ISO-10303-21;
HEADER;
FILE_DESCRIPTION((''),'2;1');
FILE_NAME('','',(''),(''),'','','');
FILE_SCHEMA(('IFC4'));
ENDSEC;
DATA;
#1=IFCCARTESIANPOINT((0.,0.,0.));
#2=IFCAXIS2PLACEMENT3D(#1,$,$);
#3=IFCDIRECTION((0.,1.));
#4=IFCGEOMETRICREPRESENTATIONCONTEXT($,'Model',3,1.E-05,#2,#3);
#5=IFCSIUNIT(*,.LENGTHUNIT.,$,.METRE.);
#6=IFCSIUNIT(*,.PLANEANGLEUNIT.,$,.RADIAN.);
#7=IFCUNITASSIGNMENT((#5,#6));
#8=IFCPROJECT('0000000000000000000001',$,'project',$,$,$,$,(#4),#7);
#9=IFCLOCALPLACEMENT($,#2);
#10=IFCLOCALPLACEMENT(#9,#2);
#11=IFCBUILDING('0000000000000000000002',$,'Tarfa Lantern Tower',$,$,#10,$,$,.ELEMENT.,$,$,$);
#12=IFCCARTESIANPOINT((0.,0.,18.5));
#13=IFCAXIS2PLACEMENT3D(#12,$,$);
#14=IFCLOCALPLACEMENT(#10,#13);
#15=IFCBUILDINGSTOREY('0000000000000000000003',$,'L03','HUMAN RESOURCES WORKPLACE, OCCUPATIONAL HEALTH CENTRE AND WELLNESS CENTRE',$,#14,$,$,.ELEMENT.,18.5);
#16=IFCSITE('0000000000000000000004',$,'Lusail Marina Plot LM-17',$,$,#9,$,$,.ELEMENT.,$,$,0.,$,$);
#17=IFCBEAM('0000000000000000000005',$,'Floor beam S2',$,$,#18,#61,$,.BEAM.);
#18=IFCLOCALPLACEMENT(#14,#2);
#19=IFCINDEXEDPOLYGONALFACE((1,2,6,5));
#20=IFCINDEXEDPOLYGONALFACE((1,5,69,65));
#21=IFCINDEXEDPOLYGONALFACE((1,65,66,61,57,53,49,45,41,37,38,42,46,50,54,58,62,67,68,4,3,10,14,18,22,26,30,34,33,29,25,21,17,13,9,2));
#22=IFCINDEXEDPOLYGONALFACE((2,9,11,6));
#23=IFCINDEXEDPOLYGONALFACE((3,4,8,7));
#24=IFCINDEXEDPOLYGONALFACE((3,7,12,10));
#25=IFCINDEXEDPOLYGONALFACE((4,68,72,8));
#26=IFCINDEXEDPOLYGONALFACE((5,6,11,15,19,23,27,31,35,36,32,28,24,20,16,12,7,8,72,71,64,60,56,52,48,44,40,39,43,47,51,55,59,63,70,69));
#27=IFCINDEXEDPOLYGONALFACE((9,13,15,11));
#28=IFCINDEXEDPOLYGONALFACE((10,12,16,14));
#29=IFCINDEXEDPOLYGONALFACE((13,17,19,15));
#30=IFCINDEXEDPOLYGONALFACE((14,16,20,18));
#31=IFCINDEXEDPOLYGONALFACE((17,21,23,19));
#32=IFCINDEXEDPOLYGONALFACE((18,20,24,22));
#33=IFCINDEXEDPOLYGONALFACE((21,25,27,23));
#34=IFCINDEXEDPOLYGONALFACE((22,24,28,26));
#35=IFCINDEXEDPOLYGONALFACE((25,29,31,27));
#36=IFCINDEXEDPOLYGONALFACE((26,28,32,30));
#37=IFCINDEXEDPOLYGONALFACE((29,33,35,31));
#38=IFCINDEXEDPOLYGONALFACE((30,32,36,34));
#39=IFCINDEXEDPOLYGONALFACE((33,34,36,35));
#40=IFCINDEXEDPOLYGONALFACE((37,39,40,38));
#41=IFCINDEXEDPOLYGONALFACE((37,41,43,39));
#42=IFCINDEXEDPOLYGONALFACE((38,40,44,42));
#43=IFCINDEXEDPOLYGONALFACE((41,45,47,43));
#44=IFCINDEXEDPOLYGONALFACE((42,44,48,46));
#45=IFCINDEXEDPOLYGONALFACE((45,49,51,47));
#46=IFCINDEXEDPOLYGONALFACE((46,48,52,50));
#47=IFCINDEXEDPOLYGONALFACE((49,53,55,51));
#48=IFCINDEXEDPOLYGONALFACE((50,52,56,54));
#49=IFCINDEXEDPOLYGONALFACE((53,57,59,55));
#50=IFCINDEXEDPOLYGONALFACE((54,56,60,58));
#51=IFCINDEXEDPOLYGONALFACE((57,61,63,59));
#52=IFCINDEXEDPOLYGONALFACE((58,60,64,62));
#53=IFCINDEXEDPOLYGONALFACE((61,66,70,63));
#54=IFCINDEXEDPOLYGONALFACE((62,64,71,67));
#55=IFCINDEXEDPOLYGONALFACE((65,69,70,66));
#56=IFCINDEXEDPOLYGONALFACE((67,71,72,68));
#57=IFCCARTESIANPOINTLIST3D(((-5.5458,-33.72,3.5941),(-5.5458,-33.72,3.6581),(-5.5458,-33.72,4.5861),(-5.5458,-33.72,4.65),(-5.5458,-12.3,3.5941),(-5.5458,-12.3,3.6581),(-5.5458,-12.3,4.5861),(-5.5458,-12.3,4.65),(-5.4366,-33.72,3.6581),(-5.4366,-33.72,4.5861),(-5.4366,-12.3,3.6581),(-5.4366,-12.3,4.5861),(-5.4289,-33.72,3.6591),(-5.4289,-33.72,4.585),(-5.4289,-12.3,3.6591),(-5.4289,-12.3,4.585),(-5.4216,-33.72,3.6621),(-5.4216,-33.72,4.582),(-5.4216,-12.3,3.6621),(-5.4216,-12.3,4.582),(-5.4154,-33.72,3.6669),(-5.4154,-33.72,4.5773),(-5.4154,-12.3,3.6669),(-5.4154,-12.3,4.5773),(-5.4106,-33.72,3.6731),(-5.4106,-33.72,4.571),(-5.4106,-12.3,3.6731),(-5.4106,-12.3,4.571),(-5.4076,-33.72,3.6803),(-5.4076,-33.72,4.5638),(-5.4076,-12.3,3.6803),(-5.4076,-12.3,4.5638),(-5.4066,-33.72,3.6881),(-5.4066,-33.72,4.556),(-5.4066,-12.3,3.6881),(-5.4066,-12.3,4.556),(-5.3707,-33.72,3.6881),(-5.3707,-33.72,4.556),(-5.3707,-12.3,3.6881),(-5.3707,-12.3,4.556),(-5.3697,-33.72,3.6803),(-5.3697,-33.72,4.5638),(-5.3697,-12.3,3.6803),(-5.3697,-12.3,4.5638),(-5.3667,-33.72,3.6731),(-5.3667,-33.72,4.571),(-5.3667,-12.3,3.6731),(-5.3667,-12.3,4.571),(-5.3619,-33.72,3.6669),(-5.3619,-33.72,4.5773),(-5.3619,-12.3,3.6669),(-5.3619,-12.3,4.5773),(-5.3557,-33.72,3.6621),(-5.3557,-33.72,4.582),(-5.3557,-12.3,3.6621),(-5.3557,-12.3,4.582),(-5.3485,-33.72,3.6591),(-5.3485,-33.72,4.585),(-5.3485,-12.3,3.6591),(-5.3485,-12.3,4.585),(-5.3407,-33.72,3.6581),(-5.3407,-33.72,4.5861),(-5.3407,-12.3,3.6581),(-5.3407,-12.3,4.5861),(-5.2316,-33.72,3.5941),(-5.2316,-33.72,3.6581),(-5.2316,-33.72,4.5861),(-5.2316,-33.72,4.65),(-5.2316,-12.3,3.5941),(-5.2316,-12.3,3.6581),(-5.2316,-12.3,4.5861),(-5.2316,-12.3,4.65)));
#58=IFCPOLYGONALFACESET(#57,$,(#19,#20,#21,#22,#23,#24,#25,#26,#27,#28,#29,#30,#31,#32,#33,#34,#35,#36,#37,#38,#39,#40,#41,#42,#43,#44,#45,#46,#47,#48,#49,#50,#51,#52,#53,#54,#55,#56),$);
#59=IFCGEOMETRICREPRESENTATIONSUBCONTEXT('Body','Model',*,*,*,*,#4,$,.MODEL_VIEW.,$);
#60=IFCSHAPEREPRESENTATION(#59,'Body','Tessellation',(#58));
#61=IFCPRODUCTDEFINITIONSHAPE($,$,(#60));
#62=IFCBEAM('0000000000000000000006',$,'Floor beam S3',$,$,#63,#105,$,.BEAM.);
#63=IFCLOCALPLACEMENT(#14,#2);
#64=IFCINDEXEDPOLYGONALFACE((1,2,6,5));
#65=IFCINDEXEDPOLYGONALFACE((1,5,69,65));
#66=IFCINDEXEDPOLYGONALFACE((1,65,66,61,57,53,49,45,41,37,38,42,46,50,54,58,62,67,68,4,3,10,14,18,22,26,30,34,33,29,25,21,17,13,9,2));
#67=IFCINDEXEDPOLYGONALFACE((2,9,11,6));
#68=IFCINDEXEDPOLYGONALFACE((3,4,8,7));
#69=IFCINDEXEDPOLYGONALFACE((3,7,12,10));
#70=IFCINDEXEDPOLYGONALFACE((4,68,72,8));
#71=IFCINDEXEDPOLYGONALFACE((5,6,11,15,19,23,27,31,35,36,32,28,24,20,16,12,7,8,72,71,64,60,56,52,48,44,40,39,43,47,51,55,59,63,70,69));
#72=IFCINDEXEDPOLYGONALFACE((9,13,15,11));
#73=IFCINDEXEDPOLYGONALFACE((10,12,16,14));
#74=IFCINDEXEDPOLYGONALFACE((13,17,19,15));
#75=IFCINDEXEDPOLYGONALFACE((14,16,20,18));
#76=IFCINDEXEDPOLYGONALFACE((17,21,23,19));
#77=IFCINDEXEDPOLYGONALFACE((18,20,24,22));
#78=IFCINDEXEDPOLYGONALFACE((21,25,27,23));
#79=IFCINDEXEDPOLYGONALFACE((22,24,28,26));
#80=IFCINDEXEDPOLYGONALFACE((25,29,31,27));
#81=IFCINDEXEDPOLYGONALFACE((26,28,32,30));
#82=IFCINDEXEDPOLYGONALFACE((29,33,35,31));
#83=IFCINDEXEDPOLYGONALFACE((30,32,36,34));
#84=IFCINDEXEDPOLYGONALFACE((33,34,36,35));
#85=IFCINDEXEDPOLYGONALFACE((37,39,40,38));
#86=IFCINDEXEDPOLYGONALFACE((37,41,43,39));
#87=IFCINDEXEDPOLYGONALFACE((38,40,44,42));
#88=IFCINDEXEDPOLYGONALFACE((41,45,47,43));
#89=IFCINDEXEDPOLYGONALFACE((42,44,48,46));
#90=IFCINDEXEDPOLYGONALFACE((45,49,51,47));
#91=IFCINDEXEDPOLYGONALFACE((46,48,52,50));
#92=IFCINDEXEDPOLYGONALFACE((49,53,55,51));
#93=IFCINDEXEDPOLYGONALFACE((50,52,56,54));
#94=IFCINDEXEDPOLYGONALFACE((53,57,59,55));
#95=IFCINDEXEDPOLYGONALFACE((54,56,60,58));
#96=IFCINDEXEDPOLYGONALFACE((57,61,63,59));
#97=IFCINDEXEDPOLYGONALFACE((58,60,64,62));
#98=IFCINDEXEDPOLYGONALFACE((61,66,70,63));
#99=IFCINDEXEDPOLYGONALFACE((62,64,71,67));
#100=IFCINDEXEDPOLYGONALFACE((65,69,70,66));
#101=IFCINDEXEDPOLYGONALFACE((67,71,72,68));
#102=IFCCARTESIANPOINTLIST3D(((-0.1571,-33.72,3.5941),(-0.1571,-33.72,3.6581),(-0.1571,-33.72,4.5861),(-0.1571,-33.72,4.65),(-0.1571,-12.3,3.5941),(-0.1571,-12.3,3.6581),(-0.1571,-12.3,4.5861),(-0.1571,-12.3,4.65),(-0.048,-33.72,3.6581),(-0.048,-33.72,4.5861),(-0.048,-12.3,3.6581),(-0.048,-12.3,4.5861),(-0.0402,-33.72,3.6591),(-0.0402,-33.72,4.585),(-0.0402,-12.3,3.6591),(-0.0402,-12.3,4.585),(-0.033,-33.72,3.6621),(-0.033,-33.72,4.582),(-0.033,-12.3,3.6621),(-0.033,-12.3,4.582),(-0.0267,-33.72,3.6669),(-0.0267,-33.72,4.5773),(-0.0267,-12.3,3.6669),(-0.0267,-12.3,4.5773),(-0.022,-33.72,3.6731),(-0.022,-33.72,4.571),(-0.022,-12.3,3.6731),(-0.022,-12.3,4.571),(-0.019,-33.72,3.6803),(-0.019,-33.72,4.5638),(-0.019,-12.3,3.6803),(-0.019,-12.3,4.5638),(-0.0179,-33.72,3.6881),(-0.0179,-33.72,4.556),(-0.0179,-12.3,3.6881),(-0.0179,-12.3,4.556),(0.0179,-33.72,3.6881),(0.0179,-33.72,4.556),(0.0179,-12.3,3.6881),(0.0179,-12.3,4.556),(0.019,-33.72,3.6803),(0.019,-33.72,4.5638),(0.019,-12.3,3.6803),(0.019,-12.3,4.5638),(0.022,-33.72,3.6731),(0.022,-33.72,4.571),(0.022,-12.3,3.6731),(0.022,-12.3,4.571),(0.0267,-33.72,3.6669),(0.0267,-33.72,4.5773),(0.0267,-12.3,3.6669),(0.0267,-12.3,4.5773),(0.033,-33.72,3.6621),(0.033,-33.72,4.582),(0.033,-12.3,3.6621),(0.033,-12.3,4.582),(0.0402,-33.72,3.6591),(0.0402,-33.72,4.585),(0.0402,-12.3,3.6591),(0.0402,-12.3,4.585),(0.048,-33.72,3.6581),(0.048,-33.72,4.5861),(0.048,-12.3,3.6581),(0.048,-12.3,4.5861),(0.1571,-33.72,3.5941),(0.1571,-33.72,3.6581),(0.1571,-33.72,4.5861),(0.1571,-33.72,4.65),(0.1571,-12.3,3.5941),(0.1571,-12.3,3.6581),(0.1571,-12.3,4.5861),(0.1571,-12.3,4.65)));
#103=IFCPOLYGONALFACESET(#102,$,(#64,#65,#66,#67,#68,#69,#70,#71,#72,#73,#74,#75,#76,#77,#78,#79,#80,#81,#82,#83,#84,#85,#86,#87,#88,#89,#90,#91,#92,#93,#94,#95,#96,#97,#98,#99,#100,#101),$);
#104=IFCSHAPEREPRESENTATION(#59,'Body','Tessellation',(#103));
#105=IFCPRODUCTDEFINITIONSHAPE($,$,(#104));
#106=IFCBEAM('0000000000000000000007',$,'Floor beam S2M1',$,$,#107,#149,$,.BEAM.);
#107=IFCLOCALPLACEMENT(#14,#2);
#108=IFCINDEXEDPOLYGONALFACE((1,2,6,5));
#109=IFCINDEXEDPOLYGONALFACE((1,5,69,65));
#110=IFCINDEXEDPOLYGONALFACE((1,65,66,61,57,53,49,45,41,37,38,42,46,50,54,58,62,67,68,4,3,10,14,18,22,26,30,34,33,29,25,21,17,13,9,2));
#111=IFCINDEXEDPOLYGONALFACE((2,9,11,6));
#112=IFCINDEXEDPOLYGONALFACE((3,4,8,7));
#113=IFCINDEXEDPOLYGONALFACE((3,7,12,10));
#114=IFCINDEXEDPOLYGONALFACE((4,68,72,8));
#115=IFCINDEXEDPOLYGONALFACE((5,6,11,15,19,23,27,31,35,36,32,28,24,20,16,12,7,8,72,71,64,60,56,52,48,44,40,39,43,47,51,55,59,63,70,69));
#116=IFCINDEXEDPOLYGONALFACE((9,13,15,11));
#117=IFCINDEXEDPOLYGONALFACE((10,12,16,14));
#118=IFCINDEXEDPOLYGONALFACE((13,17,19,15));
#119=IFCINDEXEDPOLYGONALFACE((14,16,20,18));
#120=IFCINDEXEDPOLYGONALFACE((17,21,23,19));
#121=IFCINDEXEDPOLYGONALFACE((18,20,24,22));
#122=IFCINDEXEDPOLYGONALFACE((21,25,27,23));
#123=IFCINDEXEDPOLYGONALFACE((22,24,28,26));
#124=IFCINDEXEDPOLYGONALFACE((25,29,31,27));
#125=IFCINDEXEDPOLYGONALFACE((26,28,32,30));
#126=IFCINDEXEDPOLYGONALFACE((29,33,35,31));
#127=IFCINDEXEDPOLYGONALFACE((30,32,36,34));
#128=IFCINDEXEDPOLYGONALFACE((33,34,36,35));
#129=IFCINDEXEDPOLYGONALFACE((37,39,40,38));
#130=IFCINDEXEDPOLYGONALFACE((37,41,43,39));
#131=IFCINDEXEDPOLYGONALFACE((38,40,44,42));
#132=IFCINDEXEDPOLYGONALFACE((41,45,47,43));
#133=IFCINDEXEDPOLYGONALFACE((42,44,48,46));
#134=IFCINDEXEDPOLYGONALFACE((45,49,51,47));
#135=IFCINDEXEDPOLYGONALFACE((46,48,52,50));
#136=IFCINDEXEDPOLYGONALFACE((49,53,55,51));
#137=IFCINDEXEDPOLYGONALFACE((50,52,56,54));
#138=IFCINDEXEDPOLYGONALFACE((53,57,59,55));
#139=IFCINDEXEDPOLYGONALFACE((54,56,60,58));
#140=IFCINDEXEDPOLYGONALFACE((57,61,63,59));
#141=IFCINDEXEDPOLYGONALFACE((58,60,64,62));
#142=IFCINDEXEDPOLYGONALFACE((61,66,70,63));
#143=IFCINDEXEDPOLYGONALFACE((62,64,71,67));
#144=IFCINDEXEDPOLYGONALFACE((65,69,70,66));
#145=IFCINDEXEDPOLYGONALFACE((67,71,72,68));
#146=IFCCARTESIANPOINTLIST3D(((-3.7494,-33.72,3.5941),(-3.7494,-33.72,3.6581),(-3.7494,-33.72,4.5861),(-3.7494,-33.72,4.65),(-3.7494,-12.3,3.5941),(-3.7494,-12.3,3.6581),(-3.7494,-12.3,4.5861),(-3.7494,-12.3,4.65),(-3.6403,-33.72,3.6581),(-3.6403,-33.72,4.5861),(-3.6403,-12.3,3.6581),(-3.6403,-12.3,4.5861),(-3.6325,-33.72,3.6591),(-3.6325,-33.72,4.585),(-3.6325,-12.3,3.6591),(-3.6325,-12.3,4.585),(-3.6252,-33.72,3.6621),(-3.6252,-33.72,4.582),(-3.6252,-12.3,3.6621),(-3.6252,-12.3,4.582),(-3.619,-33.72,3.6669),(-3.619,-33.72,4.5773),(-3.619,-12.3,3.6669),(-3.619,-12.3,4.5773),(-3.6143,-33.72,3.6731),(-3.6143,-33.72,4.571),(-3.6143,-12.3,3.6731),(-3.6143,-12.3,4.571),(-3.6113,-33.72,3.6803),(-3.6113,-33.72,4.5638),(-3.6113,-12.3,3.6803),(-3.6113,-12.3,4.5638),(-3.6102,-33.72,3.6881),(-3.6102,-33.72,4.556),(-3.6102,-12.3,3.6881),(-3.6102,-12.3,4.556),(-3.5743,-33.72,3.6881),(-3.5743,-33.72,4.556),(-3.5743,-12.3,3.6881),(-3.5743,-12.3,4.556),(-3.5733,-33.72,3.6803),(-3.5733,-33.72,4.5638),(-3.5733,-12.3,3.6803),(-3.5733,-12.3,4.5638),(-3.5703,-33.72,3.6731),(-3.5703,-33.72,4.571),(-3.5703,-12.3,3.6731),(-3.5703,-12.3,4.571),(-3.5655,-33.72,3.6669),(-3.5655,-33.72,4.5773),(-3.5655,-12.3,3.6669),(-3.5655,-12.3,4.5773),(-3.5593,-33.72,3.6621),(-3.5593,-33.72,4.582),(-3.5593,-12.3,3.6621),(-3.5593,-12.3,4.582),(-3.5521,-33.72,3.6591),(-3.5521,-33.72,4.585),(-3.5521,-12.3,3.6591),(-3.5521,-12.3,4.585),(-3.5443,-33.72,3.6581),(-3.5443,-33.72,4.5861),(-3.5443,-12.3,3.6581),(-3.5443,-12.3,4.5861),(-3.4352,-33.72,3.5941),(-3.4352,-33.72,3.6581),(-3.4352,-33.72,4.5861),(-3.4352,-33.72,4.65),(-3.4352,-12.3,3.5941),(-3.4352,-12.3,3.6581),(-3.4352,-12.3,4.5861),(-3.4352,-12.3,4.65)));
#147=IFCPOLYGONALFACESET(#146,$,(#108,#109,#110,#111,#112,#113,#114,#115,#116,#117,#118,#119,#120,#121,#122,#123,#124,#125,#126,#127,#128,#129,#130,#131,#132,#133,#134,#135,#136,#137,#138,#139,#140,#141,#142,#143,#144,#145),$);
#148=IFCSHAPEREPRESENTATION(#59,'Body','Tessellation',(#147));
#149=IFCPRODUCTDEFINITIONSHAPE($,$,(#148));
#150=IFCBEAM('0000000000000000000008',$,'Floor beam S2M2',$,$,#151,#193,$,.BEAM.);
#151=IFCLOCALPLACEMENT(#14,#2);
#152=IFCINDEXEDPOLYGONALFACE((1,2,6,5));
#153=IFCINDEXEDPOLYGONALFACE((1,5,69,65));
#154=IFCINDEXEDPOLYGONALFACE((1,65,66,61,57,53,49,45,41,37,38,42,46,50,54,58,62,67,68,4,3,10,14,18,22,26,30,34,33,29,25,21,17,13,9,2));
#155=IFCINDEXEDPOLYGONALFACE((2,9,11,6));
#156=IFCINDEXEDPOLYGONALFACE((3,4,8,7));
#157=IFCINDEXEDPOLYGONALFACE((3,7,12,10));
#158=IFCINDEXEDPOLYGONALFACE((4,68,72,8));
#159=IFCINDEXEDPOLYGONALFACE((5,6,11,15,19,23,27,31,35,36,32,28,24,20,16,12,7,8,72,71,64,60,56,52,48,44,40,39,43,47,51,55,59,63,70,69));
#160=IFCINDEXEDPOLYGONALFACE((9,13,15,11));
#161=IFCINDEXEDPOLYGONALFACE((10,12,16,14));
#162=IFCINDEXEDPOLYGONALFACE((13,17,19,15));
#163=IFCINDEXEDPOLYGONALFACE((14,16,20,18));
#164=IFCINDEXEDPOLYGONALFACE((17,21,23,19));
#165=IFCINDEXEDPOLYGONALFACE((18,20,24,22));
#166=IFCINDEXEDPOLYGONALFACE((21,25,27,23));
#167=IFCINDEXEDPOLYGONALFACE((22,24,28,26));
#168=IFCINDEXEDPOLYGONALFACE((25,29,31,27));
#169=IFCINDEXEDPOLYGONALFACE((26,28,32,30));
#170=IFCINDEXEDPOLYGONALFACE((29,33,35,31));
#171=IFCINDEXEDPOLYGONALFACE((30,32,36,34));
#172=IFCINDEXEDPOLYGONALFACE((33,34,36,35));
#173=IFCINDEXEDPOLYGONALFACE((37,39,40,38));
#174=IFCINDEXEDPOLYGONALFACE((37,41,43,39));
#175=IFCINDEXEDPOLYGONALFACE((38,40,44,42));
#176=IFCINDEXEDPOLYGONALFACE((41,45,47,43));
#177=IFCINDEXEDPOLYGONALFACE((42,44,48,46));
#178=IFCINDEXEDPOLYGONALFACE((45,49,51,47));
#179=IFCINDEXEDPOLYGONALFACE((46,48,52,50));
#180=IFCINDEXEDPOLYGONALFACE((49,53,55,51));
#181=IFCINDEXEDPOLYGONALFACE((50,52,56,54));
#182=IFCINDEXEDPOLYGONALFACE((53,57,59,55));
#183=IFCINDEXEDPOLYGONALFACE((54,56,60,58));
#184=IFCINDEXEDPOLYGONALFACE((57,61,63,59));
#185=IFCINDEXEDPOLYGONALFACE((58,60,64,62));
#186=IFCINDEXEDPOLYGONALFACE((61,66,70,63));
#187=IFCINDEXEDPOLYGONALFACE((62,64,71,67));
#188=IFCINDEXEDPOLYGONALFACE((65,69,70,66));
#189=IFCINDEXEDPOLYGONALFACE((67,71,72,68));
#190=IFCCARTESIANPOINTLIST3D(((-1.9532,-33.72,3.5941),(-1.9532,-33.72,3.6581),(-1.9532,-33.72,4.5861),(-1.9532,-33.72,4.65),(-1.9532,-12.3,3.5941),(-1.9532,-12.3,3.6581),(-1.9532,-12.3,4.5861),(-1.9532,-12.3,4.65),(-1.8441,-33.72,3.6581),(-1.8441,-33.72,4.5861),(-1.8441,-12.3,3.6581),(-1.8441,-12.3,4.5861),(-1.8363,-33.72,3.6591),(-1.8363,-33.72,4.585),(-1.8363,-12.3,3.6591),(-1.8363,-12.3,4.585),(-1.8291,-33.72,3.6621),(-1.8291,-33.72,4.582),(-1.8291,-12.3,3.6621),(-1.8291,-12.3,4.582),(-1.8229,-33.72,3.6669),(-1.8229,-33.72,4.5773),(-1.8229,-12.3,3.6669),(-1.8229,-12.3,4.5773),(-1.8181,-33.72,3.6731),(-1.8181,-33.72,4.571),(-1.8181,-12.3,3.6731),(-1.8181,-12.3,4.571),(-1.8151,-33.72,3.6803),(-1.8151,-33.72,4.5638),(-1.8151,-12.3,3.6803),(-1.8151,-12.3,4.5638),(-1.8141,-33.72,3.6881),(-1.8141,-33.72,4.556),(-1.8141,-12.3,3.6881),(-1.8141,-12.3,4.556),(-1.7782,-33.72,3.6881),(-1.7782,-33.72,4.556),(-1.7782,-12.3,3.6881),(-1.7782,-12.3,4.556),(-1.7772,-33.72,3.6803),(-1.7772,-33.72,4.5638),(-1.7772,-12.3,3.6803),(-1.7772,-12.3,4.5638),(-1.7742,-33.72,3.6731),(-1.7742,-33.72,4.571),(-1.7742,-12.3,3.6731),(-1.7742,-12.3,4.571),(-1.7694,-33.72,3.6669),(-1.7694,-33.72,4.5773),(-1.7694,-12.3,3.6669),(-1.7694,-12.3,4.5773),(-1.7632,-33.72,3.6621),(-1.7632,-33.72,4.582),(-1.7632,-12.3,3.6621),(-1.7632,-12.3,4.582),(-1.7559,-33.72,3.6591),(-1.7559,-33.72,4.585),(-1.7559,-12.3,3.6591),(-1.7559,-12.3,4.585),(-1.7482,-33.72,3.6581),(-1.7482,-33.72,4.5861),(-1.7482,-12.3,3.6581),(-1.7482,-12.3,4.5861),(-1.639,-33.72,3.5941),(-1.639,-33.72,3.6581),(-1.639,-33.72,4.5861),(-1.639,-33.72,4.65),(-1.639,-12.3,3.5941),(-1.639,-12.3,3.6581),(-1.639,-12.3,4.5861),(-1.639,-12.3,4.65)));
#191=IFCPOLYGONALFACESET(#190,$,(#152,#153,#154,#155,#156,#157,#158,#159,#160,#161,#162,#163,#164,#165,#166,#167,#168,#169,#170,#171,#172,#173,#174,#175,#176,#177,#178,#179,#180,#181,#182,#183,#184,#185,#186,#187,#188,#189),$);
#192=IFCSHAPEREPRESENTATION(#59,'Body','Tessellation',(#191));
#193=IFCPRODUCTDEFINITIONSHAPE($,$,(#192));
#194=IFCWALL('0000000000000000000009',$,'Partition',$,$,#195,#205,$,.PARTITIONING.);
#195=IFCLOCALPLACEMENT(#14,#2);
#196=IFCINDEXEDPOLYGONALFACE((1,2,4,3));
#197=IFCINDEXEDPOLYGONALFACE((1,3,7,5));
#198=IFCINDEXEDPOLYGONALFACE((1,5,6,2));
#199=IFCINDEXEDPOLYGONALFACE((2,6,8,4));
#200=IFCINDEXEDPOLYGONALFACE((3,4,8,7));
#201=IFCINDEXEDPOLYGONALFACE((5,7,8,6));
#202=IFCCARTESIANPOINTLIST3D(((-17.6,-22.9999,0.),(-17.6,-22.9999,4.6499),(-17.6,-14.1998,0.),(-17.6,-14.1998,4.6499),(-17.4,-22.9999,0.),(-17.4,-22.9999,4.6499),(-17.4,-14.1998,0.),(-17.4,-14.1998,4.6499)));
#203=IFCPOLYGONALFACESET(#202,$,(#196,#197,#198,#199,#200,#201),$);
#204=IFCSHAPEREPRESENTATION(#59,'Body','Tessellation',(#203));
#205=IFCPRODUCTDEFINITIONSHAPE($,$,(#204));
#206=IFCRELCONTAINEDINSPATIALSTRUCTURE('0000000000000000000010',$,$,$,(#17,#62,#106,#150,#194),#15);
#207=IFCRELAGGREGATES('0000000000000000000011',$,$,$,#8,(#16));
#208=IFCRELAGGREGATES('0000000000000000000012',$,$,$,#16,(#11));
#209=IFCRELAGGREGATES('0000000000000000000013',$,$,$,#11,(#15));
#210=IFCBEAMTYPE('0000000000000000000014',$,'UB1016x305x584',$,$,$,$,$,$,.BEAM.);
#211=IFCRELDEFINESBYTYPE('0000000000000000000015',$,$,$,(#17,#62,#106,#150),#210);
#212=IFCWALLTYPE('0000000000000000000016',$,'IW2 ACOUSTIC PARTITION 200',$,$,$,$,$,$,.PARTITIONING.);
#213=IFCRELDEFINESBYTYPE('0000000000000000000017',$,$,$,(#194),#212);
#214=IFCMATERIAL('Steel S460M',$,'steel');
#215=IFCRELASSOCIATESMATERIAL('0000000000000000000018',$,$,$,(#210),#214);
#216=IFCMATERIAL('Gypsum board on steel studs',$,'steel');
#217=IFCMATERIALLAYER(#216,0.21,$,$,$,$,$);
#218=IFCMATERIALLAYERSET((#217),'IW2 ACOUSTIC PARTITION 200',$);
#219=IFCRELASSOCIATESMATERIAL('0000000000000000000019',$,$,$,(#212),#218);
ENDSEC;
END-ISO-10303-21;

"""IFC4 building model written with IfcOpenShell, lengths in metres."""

from ifc_helpers import new_model, si_unit, direction, frame, frame_2d, origin, origin_2d, place, context, subcontext, project, spatial, rectangle, i_section, extrude, material, layer, layer_set, material_profile, profile_set, type_object, element, save


model = new_model("IFC4")

# Units and contexts
model_context = context("Model", 3, precision=1e-05, world=origin(), true_north=direction((0.0, 1.0)))
body_context = subcontext(model_context, "Body", "Model", "MODEL_VIEW")
ifc_project = project(units=[si_unit("LENGTHUNIT", "METRE"), si_unit("PLANEANGLEUNIT", "RADIAN")], contexts=[model_context])

# Site, building, storey
site_placement = place(None, origin())
site = spatial("IfcSite", under=ifc_project, at=site_placement, Name="Lusail Marina Plot LM-17", CompositionType="ELEMENT", RefElevation=0.0)
building_placement = place(site_placement, origin())
building = spatial("IfcBuilding", under=site, at=building_placement, Name="Tarfa Lantern Tower", CompositionType="ELEMENT")
storey_placement = place(building_placement, frame((0.0, 0.0, 18.5)))
storey = spatial("IfcBuildingStorey", under=building, at=storey_placement, Name="L03", Description="HUMAN RESOURCES WORKPLACE, OCCUPATIONAL HEALTH CENTRE AND WELLNESS CENTRE", CompositionType="ELEMENT", Elevation=18.5)

# Beams
ifc_material_1 = material(Name="Steel S460M", Category="steel")
ifc_material_profile_1 = material_profile(ifc_material_1, i_section(OverallWidth=0.3142, OverallDepth=1.0559, WebThickness=0.0359, FlangeThickness=0.064, FilletRadius=0.03, at=origin_2d()), Name="UB1016x305x584")
ifc_profile_set_1 = profile_set([ifc_material_profile_1], Name="Steel S460M")
beam_type_1 = type_object("IfcBeamType", Name="UB1016x305x584", PredefinedType="BEAM", material=ifc_profile_set_1)
for number, where, z_axis, x_axis, name in (
    (1, (-5.3887, -33.72, 4.1221), (0.0, 1.0, 0.0), (-1.0, 0.0, 0.0), "Floor beam S2"),
    (2, (0.0, -33.72, 4.1221), (0.0, 1.0, 0.0), (-1.0, 0.0, 0.0), "Floor beam S3"),
    (3, (-3.5923, -33.72, 4.1221), (0.0, 1.0, 0.0), (-1.0, 0.0, 0.0), "Floor beam S2M1"),
    (4, (-1.7961, -33.72, 4.1221), (0.0, 1.0, 0.0), (-1.0, 0.0, 0.0), "Floor beam S2M2"),
):
    element("IfcBeam", number, at=place(storey_placement, frame(where, z_axis=z_axis, x_axis=x_axis)), inside=storey, type_object=beam_type_1, Name=name, PredefinedType="BEAM", context=body_context, shape_type="SweptSolid", body=[
        extrude(i_section(OverallWidth=0.3142, OverallDepth=1.0559, WebThickness=0.0359, FlangeThickness=0.064, FilletRadius=0.03, at=origin_2d()), origin(), (0.0, 0.0, 1.0), 21.4199),
    ])

# Wall
ifc_material_2 = material(Name="Gypsum board on steel studs", Category="steel")
ifc_layer = layer(ifc_material_2, 0.21)
ifc_layer_set = layer_set([ifc_layer], Name="IW2 ACOUSTIC PARTITION 200")
wall_type = type_object("IfcWallType", Name="IW2 ACOUSTIC PARTITION 200", PredefinedType="PARTITIONING", material=ifc_layer_set)
wall_1_placement = place(storey_placement, frame((-17.5, -14.2, 0.0), z_axis=(0.0, 0.0, 1.0), x_axis=(0.0, -1.0, 0.0)))
element("IfcWall", 5, at=wall_1_placement, inside=storey, type_object=wall_type, Name="Partition", PredefinedType="PARTITIONING", context=body_context, shape_type="SweptSolid", body=[
    extrude(rectangle(XDim=8.8, YDim=0.2, at=frame_2d((4.3999, 0.0))), origin(), (0.0, 0.0, 1.0), 4.6499),
])

save(model, "model.ifc")
